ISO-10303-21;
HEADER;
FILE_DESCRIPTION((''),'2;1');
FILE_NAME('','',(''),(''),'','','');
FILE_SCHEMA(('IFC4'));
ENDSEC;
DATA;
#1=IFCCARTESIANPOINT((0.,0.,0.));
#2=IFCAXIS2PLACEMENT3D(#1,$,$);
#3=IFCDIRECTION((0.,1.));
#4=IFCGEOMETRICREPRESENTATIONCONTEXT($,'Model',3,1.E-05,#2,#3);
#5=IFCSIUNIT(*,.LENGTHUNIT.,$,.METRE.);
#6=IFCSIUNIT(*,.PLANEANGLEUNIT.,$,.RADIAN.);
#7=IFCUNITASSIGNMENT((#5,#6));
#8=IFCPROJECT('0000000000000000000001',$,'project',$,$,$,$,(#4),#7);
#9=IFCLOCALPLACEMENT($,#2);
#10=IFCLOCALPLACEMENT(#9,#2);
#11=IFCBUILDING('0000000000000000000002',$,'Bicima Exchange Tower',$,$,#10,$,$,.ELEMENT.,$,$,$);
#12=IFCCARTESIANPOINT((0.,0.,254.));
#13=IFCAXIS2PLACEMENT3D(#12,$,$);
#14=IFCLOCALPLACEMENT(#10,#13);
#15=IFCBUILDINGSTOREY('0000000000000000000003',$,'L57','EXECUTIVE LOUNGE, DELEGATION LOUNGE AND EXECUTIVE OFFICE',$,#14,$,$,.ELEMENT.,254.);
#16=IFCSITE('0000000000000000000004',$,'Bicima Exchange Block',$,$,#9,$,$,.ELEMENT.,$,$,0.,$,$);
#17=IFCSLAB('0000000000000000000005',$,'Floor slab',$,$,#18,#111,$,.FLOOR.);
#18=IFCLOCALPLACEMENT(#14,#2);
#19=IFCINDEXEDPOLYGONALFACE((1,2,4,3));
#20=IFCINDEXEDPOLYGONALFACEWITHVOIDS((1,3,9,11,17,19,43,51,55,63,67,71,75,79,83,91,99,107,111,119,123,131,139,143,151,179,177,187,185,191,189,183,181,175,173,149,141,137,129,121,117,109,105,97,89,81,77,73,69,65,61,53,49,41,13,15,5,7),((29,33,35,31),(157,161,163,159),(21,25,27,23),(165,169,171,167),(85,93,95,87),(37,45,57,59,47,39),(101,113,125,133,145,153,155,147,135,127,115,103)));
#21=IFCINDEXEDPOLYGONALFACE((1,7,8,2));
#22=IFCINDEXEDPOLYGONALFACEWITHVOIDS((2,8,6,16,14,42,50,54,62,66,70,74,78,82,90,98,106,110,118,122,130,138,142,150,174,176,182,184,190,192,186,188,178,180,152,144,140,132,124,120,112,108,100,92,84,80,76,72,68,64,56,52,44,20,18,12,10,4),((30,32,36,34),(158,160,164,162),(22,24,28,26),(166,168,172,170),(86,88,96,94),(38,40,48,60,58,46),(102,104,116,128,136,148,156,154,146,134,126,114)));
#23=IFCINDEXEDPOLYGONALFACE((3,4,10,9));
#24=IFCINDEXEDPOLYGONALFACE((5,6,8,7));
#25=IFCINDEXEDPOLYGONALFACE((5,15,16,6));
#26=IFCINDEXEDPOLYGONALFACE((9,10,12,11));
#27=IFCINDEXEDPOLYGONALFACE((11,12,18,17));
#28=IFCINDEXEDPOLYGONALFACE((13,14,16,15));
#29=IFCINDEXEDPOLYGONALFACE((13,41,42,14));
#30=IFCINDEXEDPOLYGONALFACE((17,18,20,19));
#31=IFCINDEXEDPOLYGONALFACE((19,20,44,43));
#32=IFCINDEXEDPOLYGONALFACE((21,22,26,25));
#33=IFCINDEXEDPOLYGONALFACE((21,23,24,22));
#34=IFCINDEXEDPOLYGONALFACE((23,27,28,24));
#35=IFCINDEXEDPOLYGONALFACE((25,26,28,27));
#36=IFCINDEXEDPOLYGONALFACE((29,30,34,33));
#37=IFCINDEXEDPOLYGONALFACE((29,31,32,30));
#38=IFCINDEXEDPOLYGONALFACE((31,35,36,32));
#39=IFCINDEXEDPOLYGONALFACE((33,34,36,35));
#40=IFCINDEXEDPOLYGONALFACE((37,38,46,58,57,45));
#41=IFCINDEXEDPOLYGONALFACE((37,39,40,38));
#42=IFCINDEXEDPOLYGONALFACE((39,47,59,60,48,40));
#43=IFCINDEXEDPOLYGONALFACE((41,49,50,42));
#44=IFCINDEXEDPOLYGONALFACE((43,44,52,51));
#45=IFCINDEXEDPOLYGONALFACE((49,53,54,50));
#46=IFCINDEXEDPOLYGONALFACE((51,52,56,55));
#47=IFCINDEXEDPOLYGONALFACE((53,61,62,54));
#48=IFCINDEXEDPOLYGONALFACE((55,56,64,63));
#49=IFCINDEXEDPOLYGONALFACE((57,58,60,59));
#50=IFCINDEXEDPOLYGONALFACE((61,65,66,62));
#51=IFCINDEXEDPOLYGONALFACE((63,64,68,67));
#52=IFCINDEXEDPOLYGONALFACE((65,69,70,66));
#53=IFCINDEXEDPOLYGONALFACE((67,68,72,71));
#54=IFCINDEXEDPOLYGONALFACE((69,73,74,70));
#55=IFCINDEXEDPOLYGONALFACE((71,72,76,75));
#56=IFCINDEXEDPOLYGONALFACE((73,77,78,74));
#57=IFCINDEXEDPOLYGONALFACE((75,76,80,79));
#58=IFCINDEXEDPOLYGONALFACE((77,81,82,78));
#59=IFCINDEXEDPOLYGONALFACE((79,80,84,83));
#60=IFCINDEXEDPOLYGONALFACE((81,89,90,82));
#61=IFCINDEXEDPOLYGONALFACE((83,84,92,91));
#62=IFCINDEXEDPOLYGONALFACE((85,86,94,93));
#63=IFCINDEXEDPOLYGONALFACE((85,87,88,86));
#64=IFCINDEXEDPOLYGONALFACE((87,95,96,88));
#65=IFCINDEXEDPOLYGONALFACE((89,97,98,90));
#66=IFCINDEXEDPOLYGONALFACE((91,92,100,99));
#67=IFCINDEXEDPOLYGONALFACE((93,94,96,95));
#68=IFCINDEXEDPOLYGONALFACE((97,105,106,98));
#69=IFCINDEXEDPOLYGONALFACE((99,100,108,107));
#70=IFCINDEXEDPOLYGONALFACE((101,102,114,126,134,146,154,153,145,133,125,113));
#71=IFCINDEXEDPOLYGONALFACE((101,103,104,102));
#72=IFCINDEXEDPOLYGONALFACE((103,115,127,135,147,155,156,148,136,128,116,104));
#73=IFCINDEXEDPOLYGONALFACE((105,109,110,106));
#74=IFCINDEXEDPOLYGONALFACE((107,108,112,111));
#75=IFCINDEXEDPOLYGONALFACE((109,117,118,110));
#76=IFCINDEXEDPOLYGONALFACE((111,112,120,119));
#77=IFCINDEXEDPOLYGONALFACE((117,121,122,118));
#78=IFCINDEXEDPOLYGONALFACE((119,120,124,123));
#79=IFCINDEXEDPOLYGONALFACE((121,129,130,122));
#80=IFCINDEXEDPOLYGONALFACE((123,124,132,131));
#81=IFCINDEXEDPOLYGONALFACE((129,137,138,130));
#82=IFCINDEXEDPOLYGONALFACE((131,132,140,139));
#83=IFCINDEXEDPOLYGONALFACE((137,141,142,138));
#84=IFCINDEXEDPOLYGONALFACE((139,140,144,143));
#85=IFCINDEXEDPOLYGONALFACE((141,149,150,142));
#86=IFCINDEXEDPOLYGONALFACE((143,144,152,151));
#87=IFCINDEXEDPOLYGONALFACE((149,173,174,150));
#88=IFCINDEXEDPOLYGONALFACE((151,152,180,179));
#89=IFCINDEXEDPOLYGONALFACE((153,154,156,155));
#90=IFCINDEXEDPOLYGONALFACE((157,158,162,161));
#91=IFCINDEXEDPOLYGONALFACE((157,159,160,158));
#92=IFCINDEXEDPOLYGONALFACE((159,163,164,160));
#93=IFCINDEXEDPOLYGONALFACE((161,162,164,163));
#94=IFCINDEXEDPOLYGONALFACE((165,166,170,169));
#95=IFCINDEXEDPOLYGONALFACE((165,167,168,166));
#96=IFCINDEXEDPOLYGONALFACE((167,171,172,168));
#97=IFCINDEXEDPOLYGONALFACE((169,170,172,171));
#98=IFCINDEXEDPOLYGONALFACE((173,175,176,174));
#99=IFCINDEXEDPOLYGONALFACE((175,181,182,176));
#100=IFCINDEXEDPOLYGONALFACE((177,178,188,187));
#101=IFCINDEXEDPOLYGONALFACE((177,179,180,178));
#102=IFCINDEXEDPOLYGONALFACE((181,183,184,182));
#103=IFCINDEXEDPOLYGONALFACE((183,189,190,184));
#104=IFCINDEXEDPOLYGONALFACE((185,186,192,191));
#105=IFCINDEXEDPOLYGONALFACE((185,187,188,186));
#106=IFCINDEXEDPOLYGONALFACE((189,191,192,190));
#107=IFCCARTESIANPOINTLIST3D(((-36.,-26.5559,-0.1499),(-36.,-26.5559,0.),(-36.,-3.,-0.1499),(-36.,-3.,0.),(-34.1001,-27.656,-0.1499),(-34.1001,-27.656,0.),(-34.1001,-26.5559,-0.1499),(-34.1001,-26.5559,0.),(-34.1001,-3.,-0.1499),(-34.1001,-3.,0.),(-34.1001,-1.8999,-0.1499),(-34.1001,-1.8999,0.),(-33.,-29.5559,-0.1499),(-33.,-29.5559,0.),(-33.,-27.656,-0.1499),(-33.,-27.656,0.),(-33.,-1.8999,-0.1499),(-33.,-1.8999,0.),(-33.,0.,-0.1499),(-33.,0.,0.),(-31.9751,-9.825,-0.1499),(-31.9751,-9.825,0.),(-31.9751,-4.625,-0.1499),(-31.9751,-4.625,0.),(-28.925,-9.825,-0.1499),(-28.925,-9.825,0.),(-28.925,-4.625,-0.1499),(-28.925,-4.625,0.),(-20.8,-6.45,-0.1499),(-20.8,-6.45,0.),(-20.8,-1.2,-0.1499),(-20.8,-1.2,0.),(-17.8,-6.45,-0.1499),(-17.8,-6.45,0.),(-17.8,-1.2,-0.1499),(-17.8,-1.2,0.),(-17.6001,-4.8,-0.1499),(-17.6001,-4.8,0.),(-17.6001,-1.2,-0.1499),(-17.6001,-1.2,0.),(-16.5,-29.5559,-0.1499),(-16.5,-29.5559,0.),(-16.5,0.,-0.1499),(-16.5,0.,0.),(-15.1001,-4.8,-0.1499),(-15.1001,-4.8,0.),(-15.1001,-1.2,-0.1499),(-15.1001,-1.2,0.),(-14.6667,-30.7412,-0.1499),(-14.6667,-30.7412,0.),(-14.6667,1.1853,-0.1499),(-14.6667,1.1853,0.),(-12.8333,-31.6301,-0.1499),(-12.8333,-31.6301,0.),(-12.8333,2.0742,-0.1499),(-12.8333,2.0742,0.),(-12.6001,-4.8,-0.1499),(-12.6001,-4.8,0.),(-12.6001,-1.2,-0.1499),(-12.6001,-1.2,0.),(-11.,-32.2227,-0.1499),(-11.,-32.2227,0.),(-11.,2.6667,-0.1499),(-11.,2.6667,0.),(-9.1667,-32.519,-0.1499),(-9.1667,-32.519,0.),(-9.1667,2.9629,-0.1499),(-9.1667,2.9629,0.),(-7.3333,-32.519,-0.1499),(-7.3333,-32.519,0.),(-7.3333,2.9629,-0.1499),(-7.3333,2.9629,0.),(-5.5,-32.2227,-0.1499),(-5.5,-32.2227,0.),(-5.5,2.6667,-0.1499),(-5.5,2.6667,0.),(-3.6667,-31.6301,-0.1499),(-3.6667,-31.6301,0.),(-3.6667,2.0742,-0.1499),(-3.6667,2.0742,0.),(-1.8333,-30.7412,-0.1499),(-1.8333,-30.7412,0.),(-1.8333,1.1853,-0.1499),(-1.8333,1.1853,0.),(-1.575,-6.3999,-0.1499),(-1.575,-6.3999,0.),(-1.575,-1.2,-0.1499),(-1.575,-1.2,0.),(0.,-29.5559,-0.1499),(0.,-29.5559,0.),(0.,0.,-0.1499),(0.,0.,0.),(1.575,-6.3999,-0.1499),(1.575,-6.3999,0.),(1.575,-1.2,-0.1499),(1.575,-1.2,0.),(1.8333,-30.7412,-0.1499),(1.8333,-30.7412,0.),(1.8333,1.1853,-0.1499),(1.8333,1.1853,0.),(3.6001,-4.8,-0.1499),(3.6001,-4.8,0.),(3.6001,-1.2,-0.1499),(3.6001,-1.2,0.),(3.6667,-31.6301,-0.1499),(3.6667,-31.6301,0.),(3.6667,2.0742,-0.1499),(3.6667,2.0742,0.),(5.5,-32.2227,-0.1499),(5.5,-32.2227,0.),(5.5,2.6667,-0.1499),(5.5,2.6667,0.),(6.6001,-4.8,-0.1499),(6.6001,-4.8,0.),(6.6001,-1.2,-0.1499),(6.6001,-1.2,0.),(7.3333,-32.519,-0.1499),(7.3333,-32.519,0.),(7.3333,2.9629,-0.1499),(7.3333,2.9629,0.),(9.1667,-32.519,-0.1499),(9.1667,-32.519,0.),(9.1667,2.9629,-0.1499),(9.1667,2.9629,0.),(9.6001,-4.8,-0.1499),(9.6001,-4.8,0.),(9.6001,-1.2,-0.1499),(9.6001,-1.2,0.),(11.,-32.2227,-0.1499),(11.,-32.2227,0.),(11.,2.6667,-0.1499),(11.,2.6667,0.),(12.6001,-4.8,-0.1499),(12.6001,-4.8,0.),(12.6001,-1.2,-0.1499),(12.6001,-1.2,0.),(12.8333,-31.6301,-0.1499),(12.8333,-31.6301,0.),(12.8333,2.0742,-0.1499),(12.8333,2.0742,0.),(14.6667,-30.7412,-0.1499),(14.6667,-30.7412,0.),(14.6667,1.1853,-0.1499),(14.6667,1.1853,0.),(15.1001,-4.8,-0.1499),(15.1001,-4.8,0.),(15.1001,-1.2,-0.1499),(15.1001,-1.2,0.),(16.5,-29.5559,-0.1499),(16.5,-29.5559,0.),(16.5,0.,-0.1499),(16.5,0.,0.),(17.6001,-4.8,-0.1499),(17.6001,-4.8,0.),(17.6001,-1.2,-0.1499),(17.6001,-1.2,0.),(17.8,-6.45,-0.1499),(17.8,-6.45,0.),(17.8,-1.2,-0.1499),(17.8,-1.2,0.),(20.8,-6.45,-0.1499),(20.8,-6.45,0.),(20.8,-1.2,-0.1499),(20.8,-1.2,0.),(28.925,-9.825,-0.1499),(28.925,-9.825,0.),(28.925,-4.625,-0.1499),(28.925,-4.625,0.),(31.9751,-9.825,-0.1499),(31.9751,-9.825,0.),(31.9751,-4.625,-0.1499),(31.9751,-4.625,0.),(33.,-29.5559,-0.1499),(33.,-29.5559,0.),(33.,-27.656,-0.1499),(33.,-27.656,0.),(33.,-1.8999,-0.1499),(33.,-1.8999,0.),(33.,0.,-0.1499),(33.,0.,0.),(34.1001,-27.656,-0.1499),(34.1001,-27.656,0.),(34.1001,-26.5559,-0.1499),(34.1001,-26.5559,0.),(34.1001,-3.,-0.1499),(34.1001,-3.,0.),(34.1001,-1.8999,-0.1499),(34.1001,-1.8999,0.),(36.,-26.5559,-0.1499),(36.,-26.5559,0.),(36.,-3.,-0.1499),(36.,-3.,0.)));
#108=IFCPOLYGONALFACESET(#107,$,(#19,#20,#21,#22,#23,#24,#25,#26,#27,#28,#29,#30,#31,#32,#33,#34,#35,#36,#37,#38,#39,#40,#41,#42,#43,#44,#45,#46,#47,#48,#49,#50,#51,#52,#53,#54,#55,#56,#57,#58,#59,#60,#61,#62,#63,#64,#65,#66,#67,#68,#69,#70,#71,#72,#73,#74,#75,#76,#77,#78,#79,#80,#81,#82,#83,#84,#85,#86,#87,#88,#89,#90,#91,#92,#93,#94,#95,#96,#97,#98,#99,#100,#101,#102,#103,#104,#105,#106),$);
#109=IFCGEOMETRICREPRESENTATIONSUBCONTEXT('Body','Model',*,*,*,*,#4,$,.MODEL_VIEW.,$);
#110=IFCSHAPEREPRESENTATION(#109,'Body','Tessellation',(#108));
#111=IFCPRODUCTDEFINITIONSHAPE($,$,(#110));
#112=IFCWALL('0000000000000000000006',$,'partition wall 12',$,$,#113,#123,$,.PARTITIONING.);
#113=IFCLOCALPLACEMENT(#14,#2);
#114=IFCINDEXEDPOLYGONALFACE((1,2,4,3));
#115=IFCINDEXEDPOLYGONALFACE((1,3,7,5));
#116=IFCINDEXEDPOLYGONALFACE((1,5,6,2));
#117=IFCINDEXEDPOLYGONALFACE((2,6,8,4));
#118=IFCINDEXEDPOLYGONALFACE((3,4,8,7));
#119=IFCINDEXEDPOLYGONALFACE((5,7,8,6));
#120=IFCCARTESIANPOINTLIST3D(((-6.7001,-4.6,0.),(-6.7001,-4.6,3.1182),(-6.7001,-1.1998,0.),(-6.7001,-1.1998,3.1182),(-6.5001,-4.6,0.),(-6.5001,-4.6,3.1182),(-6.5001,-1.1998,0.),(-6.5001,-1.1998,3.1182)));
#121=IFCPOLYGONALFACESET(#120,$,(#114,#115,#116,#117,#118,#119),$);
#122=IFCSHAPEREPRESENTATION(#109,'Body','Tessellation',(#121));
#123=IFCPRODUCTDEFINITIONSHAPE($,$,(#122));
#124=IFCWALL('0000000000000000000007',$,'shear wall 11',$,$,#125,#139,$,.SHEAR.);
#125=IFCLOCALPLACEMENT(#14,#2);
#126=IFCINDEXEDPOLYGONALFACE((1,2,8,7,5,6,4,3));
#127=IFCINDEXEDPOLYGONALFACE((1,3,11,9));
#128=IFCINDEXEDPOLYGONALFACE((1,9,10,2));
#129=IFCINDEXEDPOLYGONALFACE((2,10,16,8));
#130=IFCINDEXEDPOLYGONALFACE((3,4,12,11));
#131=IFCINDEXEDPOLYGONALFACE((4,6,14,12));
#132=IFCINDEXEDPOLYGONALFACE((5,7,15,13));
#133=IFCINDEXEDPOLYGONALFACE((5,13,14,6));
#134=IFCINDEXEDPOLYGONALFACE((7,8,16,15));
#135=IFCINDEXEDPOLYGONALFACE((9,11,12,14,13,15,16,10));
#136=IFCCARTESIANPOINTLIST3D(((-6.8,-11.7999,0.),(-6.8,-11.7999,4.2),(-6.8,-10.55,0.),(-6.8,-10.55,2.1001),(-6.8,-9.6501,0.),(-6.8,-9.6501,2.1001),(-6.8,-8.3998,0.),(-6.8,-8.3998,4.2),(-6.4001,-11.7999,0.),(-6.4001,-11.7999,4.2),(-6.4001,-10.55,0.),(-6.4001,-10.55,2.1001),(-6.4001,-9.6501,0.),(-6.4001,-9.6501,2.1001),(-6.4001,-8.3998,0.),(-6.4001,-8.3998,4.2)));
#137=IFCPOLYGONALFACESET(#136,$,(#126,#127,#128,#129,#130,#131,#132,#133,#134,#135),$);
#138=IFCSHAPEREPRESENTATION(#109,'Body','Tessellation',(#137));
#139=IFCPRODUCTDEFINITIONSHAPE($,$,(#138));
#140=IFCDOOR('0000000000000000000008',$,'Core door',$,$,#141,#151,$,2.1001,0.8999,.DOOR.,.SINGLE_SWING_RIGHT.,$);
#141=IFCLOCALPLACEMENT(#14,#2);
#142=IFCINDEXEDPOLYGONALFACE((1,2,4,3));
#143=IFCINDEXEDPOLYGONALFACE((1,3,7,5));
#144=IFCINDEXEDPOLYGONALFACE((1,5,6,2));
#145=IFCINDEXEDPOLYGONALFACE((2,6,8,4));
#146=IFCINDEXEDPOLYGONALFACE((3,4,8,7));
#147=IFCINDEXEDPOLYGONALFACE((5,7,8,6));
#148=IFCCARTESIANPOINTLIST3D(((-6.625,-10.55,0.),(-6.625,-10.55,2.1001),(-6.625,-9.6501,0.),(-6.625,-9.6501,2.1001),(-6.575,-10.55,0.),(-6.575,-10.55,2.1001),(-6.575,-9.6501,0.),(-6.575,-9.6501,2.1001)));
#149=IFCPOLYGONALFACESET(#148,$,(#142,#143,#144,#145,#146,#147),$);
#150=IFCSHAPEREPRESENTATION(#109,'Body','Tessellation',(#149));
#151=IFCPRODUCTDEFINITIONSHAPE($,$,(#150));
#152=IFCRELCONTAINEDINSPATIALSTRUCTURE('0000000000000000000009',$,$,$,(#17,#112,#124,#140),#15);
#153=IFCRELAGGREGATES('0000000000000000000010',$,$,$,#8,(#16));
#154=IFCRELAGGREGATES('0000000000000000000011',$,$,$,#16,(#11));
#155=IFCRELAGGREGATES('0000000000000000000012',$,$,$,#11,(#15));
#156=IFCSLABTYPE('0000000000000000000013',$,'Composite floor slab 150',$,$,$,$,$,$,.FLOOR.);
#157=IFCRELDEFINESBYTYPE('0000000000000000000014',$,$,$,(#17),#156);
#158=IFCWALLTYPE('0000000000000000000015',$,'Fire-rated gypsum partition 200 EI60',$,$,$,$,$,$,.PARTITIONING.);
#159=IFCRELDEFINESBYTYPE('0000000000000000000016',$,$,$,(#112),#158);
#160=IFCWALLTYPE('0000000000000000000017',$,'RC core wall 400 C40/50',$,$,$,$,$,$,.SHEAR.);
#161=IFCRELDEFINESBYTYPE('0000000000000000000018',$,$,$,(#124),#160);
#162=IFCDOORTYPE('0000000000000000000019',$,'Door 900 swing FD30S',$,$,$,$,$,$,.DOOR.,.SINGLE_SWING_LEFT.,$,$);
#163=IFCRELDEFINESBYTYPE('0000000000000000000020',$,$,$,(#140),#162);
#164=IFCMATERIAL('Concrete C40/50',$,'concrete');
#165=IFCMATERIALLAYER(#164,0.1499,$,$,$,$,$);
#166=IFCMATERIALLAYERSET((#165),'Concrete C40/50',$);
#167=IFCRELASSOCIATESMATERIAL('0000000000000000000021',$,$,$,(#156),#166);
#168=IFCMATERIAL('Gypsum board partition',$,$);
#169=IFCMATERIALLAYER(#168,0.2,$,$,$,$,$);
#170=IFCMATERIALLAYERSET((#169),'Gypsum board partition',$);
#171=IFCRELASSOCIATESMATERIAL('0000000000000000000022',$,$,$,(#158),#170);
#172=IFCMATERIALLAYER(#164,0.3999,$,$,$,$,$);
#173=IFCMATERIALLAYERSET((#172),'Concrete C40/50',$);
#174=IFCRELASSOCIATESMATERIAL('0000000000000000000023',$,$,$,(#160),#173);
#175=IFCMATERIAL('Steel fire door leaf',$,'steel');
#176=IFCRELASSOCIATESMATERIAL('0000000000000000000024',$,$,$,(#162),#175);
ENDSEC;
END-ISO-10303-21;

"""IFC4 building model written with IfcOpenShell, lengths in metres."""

from ifc_helpers import new_model, si_unit, direction, frame, frame_2d, origin, place, context, subcontext, project, spatial, polyline, rectangle, outline, extrude, material, layer, layer_set, type_object, element, fill, save


model = new_model("IFC4")

# Units and contexts
model_context = context("Model", 3, precision=1e-05, world=origin(), true_north=direction((0.0, 1.0)))
body_context = subcontext(model_context, "Body", "Model", "MODEL_VIEW")
ifc_project = project(units=[si_unit("LENGTHUNIT", "METRE"), si_unit("PLANEANGLEUNIT", "RADIAN")], contexts=[model_context])

# Site, building, storey
site_placement = place(None, origin())
site = spatial("IfcSite", under=ifc_project, at=site_placement, Name="Bicima Exchange Block", CompositionType="ELEMENT", RefElevation=0.0)
building_placement = place(site_placement, origin())
building = spatial("IfcBuilding", under=site, at=building_placement, Name="Bicima Exchange Tower", CompositionType="ELEMENT")
storey_placement = place(building_placement, frame((0.0, 0.0, 254.0)))
storey = spatial("IfcBuildingStorey", under=building, at=storey_placement, Name="L57", Description="EXECUTIVE LOUNGE, DELEGATION LOUNGE AND EXECUTIVE OFFICE", CompositionType="ELEMENT", Elevation=254.0)

# Slab
ifc_material_1 = material(Name="Concrete C40/50", Category="concrete")
ifc_layer_1 = layer(ifc_material_1, 0.1499)
ifc_layer_set_1 = layer_set([ifc_layer_1], Name="Concrete C40/50")
slab_type = type_object("IfcSlabType", Name="Composite floor slab 150", PredefinedType="FLOOR", material=ifc_layer_set_1)
slab_placement = place(storey_placement, frame((0.0, 0.0, -0.1499)))
element("IfcSlab", 1, at=slab_placement, inside=storey, type_object=slab_type, Name="Floor slab", PredefinedType="FLOOR", context=body_context, shape_type="SweptSolid", body=[
    extrude(outline(polyline([(-36.0, -26.5559), (-36.0, -3.0), (-34.1001, -3.0), (-34.1001, -1.8999), (-33.0, -1.8999), (-33.0, 0.0), (-16.5, 0.0), (-14.6667, 1.1853), (-12.8333, 2.0742), (-11.0, 2.6667), (-9.1667, 2.9629), (-7.3333, 2.9629), (-5.5, 2.6667), (-3.6667, 2.0742), (-1.8333, 1.1853), (0.0, 0.0), (1.8333, 1.1853), (3.6667, 2.0742), (5.5, 2.6667), (7.3333, 2.9629), (9.1667, 2.9629), (11.0, 2.6667), (12.8333, 2.0742), (14.6667, 1.1853), (16.5, 0.0), (33.0, 0.0), (33.0, -1.8999), (34.1001, -1.8999), (34.1001, -3.0), (36.0, -3.0), (36.0, -26.5559), (34.1001, -26.5559), (34.1001, -27.656), (33.0, -27.656), (33.0, -29.5559), (16.5, -29.5559), (14.6667, -30.7412), (12.8333, -31.6301), (11.0, -32.2227), (9.1667, -32.519), (7.3333, -32.519), (5.5, -32.2227), (3.6667, -31.6301), (1.8333, -30.7412), (0.0, -29.5559), (-1.8333, -30.7412), (-3.6667, -31.6301), (-5.5, -32.2227), (-7.3333, -32.519), (-9.1667, -32.519), (-11.0, -32.2227), (-12.8333, -31.6301), (-14.6667, -30.7412), (-16.5, -29.5559), (-33.0, -29.5559), (-33.0, -27.656), (-34.1001, -27.656), (-34.1001, -26.5559), (-36.0, -26.5559)]), holes=[polyline([(-28.925, -9.825), (-28.925, -4.625), (-31.9751, -4.625), (-31.9751, -9.825), (-28.925, -9.825)]), polyline([(-20.8, -6.45), (-17.8, -6.45), (-17.8, -1.2), (-20.8, -1.2), (-20.8, -6.45)]), polyline([(-1.575, -6.3999), (1.575, -6.3999), (1.575, -1.2), (-1.575, -1.2), (-1.575, -6.3999)]), polyline([(-12.6001, -1.2), (-15.1001, -1.2), (-17.6001, -1.2), (-17.6001, -4.8), (-15.1001, -4.8), (-12.6001, -4.8), (-12.6001, -1.2)]), polyline([(3.6001, -4.8), (6.6001, -4.8), (9.6001, -4.8), (12.6001, -4.8), (15.1001, -4.8), (17.6001, -4.8), (17.6001, -1.2), (15.1001, -1.2), (12.6001, -1.2), (9.6001, -1.2), (6.6001, -1.2), (3.6001, -1.2), (3.6001, -4.8)]), polyline([(31.9751, -9.825), (31.9751, -4.625), (28.925, -4.625), (28.925, -9.825), (31.9751, -9.825)]), polyline([(17.8, -6.45), (20.8, -6.45), (20.8, -1.2), (17.8, -1.2), (17.8, -6.45)])]), origin(), (0.0, 0.0, 1.0), 0.1499),
])

# Wall
ifc_material_2 = material(Name="Gypsum board partition")
ifc_layer_2 = layer(ifc_material_2, 0.2)
ifc_layer_set_2 = layer_set([ifc_layer_2], Name="Gypsum board partition")
wall_type_1 = type_object("IfcWallType", Name="Fire-rated gypsum partition 200 EI60", PredefinedType="PARTITIONING", material=ifc_layer_set_2)
wall_1_placement = place(storey_placement, frame((-6.6001, -4.6001, 0.0), z_axis=(0.0, 0.0, 1.0), x_axis=(0.0, 1.0, 0.0)))
element("IfcWall", 2, at=wall_1_placement, inside=storey, type_object=wall_type_1, Name="partition wall 12", PredefinedType="PARTITIONING", context=body_context, shape_type="SweptSolid", body=[
    extrude(rectangle(XDim=3.4001, YDim=0.2, at=frame_2d((1.7002, 0.0))), origin(), (0.0, 0.0, 1.0), 3.1182),
])

# Wall, opening, door
ifc_layer_3 = layer(ifc_material_1, 0.3999)
ifc_layer_set_3 = layer_set([ifc_layer_3], Name="Concrete C40/50")
wall_type_2 = type_object("IfcWallType", Name="RC core wall 400 C40/50", PredefinedType="SHEAR", material=ifc_layer_set_3)
wall_2_placement = place(storey_placement, frame((-6.6001, -11.8, 0.0), z_axis=(0.0, 0.0, 1.0), x_axis=(0.0, 1.0, 0.0)))
wall_2 = element("IfcWall", 3, at=wall_2_placement, inside=storey, type_object=wall_type_2, Name="shear wall 11", PredefinedType="SHEAR", context=body_context, shape_type="SweptSolid", body=[
    extrude(rectangle(XDim=3.4001, YDim=0.3999, at=frame_2d((1.7002, 0.0))), origin(), (0.0, 0.0, 1.0), 4.2),
])
opening_1_placement = place(wall_2_placement, frame((1.25, 0.0, 0.0)))
opening_1 = element("IfcOpeningElement", 4, at=opening_1_placement, cuts=wall_2, PredefinedType="OPENING", context=body_context, shape_type="SweptSolid", body=[
    extrude(rectangle(XDim=0.8999, YDim=2.1001, at=frame_2d((0.45, 1.05))), frame((0.0, 0.2119, 0.0), z_axis=(0.0, -1.0, 0.0), x_axis=(1.0, 0.0, 0.0)), (0.0, 0.0, 1.0), 0.4238),
])
ifc_material_3 = material(Name="Steel fire door leaf", Category="steel")
door_type_1 = type_object("IfcDoorType", Name="Door 900 swing FD30S", OperationType="SINGLE_SWING_LEFT", PredefinedType="DOOR", material=ifc_material_3)
door_1_placement = place(opening_1_placement, origin())
door_1 = element("IfcDoor", 5, at=door_1_placement, inside=storey, type_object=door_type_1, Name="Core door", OperationType="SINGLE_SWING_RIGHT", OverallHeight=2.1001, OverallWidth=0.8999, PredefinedType="DOOR", context=body_context, shape_type="SweptSolid", body=[
    extrude(rectangle(XDim=0.8999, YDim=2.1001, at=frame_2d((0.45, 1.05))), frame((0.0, 0.0249, 0.0), z_axis=(0.0, -1.0, 0.0), x_axis=(1.0, 0.0, 0.0)), (0.0, 0.0, 1.0), 0.05),
])
fill(opening_1, door_1)

save(model, "model.ifc")
